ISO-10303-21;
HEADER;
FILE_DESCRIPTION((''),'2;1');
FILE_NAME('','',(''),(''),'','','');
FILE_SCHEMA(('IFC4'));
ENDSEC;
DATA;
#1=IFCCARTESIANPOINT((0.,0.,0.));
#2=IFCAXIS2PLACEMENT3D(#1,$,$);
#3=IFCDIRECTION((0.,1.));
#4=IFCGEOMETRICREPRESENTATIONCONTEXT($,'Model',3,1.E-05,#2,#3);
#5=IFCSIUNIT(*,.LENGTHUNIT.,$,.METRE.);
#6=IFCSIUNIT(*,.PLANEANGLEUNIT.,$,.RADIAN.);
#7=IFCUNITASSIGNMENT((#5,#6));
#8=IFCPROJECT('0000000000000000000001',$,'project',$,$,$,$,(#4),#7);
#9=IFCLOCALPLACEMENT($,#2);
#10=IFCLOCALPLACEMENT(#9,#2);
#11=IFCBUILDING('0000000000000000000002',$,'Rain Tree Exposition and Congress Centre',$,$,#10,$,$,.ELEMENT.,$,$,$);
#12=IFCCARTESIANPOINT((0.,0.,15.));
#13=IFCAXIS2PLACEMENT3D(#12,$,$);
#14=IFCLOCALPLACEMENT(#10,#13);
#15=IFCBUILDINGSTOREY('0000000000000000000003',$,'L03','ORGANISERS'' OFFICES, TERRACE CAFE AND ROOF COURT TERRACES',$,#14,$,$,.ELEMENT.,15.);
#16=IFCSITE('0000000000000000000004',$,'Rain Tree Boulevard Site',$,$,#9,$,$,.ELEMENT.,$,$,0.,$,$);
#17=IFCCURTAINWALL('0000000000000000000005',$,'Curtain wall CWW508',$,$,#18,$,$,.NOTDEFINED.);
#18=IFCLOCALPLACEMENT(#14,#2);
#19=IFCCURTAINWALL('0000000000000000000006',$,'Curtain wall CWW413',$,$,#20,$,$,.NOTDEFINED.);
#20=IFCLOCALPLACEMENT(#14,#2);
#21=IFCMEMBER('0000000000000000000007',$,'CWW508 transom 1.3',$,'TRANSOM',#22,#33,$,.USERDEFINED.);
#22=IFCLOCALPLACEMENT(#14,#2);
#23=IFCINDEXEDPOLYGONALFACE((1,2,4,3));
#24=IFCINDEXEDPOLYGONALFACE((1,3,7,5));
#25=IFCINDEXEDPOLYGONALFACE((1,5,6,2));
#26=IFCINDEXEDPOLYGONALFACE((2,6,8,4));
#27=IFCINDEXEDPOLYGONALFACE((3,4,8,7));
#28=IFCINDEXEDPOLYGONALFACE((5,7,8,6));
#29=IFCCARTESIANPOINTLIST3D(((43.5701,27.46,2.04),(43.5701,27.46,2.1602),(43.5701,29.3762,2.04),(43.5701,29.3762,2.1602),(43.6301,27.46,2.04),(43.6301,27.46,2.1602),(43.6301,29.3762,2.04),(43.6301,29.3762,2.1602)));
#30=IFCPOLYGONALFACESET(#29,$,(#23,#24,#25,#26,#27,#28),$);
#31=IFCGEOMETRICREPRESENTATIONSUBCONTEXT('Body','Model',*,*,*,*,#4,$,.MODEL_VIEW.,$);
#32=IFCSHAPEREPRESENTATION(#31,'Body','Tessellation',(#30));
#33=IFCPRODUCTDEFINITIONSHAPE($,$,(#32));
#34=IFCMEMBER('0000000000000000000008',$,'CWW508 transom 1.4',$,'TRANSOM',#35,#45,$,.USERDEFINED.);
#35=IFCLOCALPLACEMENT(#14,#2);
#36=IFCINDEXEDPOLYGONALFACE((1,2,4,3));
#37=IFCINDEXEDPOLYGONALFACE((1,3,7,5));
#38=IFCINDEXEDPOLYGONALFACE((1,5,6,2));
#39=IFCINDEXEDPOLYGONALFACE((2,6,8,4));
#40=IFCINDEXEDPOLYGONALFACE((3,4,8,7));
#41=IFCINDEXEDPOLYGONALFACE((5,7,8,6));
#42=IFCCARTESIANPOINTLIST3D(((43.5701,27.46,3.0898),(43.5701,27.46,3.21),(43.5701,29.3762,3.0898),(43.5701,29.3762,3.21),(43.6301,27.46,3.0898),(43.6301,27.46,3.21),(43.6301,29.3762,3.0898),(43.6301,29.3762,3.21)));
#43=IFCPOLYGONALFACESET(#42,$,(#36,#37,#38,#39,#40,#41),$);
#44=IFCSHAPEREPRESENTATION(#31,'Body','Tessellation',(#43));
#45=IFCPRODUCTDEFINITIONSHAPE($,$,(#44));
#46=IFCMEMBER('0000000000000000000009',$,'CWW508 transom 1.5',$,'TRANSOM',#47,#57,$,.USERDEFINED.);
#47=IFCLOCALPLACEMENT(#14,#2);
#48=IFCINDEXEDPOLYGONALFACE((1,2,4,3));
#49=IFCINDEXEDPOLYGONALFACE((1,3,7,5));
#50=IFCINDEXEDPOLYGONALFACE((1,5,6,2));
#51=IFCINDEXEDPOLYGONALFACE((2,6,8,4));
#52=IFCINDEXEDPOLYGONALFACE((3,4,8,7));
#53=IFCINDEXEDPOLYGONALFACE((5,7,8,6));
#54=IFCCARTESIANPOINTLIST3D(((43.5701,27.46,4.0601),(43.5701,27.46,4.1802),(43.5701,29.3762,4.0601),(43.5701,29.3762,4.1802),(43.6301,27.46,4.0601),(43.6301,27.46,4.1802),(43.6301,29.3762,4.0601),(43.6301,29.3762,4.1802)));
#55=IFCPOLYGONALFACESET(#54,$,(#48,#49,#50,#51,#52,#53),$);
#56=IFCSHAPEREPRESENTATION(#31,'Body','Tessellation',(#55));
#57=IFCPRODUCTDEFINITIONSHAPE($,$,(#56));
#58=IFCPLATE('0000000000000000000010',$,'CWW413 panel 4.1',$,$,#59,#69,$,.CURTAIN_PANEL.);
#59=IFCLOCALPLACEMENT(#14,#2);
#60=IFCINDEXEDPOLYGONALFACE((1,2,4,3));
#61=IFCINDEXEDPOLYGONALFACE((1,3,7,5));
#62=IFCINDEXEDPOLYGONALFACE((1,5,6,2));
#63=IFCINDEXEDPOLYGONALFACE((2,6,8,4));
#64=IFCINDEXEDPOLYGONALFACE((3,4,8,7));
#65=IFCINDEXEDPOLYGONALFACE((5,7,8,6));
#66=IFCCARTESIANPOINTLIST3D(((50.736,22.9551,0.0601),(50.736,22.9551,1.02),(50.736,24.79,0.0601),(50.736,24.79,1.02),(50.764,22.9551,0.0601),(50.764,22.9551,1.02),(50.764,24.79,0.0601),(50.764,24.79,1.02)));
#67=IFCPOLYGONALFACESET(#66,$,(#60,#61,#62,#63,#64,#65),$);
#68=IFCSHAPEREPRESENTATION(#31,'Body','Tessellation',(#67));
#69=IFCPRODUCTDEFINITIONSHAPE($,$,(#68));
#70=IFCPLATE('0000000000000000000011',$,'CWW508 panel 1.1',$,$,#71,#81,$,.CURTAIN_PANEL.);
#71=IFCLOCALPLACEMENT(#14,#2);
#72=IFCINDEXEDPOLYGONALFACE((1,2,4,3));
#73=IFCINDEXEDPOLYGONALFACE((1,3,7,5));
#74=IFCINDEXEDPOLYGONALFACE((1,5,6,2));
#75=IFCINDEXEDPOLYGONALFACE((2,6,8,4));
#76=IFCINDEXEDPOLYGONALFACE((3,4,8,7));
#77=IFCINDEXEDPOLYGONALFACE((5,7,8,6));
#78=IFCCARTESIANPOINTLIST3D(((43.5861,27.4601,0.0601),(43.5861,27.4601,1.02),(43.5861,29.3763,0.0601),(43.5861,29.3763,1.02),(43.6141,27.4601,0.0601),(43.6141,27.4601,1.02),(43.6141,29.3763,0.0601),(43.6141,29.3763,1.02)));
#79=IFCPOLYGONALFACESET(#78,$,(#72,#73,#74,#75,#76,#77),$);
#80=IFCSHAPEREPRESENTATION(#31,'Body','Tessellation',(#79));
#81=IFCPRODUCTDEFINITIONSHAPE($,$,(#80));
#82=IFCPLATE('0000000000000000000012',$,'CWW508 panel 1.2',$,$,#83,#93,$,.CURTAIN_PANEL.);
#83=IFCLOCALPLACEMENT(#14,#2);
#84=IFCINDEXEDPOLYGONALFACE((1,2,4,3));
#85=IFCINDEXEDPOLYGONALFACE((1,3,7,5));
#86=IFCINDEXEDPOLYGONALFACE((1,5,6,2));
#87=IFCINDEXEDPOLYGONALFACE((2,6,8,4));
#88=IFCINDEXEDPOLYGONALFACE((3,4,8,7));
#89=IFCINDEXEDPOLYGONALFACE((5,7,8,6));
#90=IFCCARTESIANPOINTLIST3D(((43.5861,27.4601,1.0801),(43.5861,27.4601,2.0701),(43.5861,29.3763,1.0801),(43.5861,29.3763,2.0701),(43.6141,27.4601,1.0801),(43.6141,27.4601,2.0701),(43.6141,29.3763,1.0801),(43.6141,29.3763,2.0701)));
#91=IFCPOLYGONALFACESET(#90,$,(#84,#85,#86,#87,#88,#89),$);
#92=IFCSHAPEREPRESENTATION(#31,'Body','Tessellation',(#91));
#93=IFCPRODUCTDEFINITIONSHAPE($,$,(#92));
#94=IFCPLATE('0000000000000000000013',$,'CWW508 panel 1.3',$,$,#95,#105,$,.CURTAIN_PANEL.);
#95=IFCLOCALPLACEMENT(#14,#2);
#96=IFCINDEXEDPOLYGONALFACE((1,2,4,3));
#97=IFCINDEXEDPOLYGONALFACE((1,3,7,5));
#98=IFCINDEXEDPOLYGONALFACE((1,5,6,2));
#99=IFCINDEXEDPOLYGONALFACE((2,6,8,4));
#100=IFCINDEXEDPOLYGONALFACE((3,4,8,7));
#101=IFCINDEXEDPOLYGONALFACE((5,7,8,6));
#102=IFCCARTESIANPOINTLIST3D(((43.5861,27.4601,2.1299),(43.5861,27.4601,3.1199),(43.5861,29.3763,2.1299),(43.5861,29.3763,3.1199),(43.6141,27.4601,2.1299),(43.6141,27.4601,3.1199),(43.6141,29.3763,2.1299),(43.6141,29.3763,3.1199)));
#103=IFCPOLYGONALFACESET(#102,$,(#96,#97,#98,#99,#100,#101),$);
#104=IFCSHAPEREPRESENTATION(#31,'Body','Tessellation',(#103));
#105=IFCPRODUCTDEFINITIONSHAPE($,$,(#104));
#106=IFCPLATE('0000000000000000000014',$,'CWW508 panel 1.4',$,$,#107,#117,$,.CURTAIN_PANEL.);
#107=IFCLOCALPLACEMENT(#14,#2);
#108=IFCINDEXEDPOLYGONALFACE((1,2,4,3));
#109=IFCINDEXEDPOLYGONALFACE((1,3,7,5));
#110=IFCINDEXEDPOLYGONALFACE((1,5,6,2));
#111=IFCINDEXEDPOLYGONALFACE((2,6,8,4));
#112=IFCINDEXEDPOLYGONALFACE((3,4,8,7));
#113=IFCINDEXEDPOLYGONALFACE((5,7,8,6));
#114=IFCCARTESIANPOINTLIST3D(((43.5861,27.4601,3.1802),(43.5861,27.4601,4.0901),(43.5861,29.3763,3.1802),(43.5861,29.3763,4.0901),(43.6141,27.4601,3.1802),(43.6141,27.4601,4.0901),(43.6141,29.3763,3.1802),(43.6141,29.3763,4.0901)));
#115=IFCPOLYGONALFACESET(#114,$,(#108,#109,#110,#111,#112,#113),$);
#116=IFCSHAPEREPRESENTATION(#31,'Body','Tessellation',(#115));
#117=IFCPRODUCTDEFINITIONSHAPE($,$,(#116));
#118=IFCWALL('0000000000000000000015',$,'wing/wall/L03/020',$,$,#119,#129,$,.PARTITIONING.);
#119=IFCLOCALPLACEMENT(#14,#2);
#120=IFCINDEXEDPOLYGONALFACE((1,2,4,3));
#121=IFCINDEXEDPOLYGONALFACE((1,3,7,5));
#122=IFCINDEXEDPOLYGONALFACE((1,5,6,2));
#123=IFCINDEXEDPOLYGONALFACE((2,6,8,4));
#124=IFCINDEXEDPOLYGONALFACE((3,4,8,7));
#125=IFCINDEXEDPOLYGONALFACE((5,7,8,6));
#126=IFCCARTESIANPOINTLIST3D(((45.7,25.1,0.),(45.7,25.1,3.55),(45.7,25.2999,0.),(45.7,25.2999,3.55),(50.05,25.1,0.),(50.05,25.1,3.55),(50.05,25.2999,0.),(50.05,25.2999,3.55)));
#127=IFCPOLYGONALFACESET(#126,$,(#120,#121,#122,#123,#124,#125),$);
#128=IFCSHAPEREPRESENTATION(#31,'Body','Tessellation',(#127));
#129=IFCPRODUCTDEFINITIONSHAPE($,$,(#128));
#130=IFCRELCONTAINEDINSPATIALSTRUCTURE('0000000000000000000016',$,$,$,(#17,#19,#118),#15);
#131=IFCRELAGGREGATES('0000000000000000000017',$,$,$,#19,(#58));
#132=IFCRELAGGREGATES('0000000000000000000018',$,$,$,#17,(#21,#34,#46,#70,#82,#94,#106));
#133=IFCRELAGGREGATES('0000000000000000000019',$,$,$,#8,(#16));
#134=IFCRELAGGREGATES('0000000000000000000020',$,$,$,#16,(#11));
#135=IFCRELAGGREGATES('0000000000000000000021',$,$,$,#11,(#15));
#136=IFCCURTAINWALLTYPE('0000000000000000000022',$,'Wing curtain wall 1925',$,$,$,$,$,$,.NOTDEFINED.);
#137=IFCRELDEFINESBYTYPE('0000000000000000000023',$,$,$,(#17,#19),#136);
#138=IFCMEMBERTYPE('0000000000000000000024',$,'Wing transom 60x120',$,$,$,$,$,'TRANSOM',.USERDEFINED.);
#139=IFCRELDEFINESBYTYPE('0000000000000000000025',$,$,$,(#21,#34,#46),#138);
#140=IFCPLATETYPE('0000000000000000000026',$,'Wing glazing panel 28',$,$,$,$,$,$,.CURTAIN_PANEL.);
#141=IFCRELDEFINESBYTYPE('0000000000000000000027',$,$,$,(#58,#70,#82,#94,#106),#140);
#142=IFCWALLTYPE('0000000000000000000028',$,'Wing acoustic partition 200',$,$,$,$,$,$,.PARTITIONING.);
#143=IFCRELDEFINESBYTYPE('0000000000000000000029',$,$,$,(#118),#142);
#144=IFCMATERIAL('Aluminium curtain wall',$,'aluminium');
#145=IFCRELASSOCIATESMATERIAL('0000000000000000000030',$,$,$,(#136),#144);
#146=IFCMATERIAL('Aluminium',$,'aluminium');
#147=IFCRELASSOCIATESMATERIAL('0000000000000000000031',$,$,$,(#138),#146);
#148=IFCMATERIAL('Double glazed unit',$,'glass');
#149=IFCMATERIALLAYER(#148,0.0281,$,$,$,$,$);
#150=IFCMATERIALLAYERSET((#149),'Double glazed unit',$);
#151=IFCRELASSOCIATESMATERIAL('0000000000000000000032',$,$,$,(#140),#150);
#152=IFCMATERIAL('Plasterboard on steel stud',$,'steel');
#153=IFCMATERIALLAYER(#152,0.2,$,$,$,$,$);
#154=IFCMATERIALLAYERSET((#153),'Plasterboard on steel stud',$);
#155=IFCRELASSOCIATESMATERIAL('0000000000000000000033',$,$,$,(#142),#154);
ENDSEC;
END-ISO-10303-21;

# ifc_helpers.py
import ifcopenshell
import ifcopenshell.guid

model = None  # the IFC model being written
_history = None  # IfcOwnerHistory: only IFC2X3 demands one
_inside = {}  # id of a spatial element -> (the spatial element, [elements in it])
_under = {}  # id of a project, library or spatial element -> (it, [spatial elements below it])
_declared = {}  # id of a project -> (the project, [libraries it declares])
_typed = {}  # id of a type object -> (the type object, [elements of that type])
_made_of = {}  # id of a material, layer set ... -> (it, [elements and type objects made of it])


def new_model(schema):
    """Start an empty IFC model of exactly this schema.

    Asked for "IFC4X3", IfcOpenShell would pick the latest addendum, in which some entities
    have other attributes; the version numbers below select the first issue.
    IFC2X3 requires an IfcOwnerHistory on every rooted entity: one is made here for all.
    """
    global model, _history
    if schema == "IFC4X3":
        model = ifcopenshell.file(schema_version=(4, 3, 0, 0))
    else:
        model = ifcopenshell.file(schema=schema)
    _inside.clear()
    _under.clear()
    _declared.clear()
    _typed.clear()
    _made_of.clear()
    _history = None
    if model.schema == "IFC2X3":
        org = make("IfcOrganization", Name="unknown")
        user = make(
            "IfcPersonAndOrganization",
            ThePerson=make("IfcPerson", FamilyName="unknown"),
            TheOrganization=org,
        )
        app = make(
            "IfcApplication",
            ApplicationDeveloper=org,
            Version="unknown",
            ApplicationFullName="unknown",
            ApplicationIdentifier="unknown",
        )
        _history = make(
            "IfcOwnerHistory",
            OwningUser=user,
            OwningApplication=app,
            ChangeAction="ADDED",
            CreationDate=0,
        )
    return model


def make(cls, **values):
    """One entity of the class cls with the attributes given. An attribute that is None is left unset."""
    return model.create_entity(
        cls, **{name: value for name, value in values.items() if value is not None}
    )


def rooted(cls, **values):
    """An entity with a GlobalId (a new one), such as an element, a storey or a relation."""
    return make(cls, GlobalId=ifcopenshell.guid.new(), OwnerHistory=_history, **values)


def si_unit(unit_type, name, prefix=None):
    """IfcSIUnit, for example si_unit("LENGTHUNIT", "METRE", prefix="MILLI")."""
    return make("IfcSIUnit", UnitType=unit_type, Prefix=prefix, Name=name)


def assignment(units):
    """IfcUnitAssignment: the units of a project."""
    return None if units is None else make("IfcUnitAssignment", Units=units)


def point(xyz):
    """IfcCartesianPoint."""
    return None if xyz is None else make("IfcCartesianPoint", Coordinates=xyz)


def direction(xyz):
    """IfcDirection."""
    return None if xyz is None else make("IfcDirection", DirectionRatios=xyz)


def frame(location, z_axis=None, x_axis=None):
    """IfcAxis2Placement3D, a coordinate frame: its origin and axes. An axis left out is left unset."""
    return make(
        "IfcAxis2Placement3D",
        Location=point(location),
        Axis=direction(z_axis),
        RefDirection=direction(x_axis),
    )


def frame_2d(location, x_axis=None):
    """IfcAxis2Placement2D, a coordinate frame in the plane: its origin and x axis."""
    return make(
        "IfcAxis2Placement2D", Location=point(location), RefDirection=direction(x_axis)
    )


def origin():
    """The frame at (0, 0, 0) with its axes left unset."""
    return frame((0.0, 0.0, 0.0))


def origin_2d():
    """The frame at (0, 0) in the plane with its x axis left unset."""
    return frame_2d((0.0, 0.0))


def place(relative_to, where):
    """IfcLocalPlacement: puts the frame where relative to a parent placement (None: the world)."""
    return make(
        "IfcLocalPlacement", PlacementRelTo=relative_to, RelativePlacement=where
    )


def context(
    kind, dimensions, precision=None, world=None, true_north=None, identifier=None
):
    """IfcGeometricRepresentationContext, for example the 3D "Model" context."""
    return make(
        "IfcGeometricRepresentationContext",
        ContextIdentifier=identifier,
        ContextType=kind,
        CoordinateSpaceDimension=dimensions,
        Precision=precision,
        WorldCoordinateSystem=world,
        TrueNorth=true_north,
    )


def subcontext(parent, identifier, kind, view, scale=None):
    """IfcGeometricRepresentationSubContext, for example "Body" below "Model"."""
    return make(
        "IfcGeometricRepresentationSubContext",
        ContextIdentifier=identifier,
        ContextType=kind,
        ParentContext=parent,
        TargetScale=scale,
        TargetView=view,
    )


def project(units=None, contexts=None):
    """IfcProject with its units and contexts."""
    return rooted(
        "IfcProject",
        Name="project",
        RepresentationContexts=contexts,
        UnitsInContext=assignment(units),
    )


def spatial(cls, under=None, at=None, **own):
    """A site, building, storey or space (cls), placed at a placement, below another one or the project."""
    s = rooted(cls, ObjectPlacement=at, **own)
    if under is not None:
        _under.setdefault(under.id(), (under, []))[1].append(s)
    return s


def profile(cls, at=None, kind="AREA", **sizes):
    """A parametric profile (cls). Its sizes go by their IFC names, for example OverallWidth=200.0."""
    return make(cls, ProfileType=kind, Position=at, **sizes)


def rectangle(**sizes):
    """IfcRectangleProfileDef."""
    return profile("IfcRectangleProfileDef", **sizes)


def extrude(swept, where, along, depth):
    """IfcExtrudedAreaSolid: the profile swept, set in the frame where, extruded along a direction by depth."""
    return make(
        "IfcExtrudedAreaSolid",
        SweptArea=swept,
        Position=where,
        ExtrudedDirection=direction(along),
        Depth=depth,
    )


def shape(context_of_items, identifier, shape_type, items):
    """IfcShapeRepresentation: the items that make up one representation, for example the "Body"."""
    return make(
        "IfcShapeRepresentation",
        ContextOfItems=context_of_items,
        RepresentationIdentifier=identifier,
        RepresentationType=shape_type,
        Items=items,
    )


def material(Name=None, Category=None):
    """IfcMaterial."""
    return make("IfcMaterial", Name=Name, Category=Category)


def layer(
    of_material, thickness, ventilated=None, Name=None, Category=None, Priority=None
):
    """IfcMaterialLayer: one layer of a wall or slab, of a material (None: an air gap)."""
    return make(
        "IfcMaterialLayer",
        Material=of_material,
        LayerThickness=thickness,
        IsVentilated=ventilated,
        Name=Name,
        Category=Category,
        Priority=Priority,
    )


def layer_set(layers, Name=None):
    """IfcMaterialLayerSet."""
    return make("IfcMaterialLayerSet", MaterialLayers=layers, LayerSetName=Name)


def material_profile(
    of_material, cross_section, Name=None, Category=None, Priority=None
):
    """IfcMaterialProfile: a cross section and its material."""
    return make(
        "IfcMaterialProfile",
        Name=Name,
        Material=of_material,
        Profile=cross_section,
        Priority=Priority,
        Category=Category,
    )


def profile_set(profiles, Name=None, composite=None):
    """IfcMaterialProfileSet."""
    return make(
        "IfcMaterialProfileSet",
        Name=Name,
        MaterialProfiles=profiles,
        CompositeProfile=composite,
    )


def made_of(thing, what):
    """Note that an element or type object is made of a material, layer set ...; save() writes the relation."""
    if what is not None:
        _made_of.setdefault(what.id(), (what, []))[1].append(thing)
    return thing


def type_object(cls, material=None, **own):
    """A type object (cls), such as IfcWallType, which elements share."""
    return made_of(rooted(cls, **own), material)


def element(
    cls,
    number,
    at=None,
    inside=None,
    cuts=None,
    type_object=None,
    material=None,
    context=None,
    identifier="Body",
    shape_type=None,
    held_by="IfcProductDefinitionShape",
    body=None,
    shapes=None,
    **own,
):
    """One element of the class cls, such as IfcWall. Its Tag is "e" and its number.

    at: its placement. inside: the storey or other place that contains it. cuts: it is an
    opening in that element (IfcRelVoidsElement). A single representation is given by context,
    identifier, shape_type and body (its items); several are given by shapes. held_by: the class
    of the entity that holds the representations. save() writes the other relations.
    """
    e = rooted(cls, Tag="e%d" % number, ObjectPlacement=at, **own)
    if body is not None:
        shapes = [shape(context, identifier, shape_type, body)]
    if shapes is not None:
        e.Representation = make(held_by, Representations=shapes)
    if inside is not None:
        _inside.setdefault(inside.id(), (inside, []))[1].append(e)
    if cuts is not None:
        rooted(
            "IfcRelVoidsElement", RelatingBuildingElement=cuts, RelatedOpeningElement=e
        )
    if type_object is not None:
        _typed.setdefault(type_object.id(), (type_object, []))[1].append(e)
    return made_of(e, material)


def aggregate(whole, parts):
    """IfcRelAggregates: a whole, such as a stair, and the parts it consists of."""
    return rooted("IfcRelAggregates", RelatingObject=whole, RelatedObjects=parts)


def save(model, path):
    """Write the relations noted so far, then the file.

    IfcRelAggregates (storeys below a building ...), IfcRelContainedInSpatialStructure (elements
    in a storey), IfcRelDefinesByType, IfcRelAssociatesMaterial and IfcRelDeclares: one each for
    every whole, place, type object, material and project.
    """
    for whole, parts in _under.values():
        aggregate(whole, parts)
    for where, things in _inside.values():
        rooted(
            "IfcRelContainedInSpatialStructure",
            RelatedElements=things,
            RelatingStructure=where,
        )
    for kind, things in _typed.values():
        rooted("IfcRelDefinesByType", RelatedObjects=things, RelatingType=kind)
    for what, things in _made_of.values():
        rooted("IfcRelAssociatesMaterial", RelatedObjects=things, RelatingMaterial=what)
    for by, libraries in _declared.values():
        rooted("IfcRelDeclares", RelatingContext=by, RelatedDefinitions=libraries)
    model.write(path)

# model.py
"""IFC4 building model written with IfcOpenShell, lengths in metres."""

from ifc_helpers import new_model, si_unit, direction, frame, frame_2d, origin, origin_2d, place, context, subcontext, project, spatial, rectangle, extrude, material, layer, layer_set, material_profile, profile_set, type_object, element, aggregate, save


model = new_model("IFC4")

# Units and contexts
model_context = context("Model", 3, precision=1e-05, world=origin(), true_north=direction((0.0, 1.0)))
body_context = subcontext(model_context, "Body", "Model", "MODEL_VIEW")
ifc_project = project(units=[si_unit("LENGTHUNIT", "METRE"), si_unit("PLANEANGLEUNIT", "RADIAN")], contexts=[model_context])

# Site, building, storey
site_placement = place(None, origin())
site = spatial("IfcSite", under=ifc_project, at=site_placement, Name="Rain Tree Boulevard Site", CompositionType="ELEMENT", RefElevation=0.0)
building_placement = place(site_placement, origin())
building = spatial("IfcBuilding", under=site, at=building_placement, Name="Rain Tree Exposition and Congress Centre", CompositionType="ELEMENT")
storey_placement = place(building_placement, frame((0.0, 0.0, 15.0)))
storey = spatial("IfcBuildingStorey", under=building, at=storey_placement, Name="L03", Description="ORGANISERS' OFFICES, TERRACE CAFE AND ROOF COURT TERRACES", CompositionType="ELEMENT", Elevation=15.0)

# Curtain wall
ifc_material_1 = material(Name="Aluminium curtain wall", Category="aluminium")
curtain_wall_type = type_object("IfcCurtainWallType", Name="Wing curtain wall 1925", PredefinedType="NOTDEFINED", material=ifc_material_1)
curtain_wall_1_placement = place(storey_placement, origin())
curtain_wall_1 = element("IfcCurtainWall", 1, at=curtain_wall_1_placement, inside=storey, type_object=curtain_wall_type, Name="Curtain wall CWW508", PredefinedType="NOTDEFINED")

# Curtain wall
curtain_wall_2_placement = place(storey_placement, origin())
curtain_wall_2 = element("IfcCurtainWall", 2, at=curtain_wall_2_placement, inside=storey, type_object=curtain_wall_type, Name="Curtain wall CWW413", PredefinedType="NOTDEFINED")
ifc_material_2 = material(Name="Aluminium", Category="aluminium")
ifc_material_profile_1 = material_profile(ifc_material_2, rectangle(XDim=0.0601, YDim=0.1201, at=origin_2d()), Name="Aluminium 60x120")
ifc_profile_set_1 = profile_set([ifc_material_profile_1], Name="Aluminium")
member_type_1 = type_object("IfcMemberType", Name="Wing transom 60x120", ElementType="TRANSOM", PredefinedType="USERDEFINED", material=ifc_profile_set_1)

# Members
member_1_placement = place(storey_placement, frame((43.6001, 27.46, 2.1001), z_axis=(0.0, 1.0, 0.0), x_axis=(-1.0, 0.0, 0.0)))
member_1 = element("IfcMember", 3, at=member_1_placement, type_object=member_type_1, Name="CWW508 transom 1.3", ObjectType="TRANSOM", PredefinedType="USERDEFINED", context=body_context, shape_type="SweptSolid", body=[
    extrude(rectangle(XDim=0.0601, YDim=0.1201, at=origin_2d()), origin(), (0.0, 0.0, 1.0), 1.9163),
])
member_2_placement = place(storey_placement, frame((43.6001, 27.46, 3.1499), z_axis=(0.0, 1.0, 0.0), x_axis=(-1.0, 0.0, 0.0)))
member_2 = element("IfcMember", 4, at=member_2_placement, type_object=member_type_1, Name="CWW508 transom 1.4", ObjectType="TRANSOM", PredefinedType="USERDEFINED", context=body_context, shape_type="SweptSolid", body=[
    extrude(rectangle(XDim=0.0601, YDim=0.1201, at=origin_2d()), origin(), (0.0, 0.0, 1.0), 1.9163),
])
member_3_placement = place(storey_placement, frame((43.6001, 27.46, 4.1201), z_axis=(0.0, 1.0, 0.0), x_axis=(-1.0, 0.0, 0.0)))
member_3 = element("IfcMember", 5, at=member_3_placement, type_object=member_type_1, Name="CWW508 transom 1.5", ObjectType="TRANSOM", PredefinedType="USERDEFINED", context=body_context, shape_type="SweptSolid", body=[
    extrude(rectangle(XDim=0.0601, YDim=0.1201, at=origin_2d()), origin(), (0.0, 0.0, 1.0), 1.9163),
])

# Plates
ifc_material_3 = material(Name="Double glazed unit", Category="glass")
ifc_layer_1 = layer(ifc_material_3, 0.0281)
ifc_layer_set_1 = layer_set([ifc_layer_1], Name="Double glazed unit")
plate_type = type_object("IfcPlateType", Name="Wing glazing panel 28", PredefinedType="CURTAIN_PANEL", material=ifc_layer_set_1)
plate_1_placement = place(storey_placement, frame((50.75, 23.8726, 0.0601), z_axis=(0.0, 0.0, 1.0), x_axis=(0.0, 1.0, 0.0)))
plate_1 = element("IfcPlate", 6, at=plate_1_placement, type_object=plate_type, Name="CWW413 panel 4.1", PredefinedType="CURTAIN_PANEL", context=body_context, shape_type="SweptSolid", body=[
    extrude(rectangle(XDim=1.835, YDim=0.0281, at=origin_2d()), origin(), (0.0, 0.0, 1.0), 0.96),
])
aggregate(curtain_wall_2, [plate_1])
plate_2_placement = place(storey_placement, frame((43.6001, 28.4182, 0.0601), z_axis=(0.0, 0.0, 1.0), x_axis=(0.0, 1.0, 0.0)))
plate_2 = element("IfcPlate", 7, at=plate_2_placement, type_object=plate_type, Name="CWW508 panel 1.1", PredefinedType="CURTAIN_PANEL", context=body_context, shape_type="SweptSolid", body=[
    extrude(rectangle(XDim=1.9163, YDim=0.0281, at=origin_2d()), origin(), (0.0, 0.0, 1.0), 0.96),
])
plate_3_placement = place(storey_placement, frame((43.6001, 28.4182, 1.0801), z_axis=(0.0, 0.0, 1.0), x_axis=(0.0, 1.0, 0.0)))
plate_3 = element("IfcPlate", 8, at=plate_3_placement, type_object=plate_type, Name="CWW508 panel 1.2", PredefinedType="CURTAIN_PANEL", context=body_context, shape_type="SweptSolid", body=[
    extrude(rectangle(XDim=1.9163, YDim=0.0281, at=origin_2d()), origin(), (0.0, 0.0, 1.0), 0.99),
])
plate_4_placement = place(storey_placement, frame((43.6001, 28.4182, 2.1299), z_axis=(0.0, 0.0, 1.0), x_axis=(0.0, 1.0, 0.0)))
plate_4 = element("IfcPlate", 9, at=plate_4_placement, type_object=plate_type, Name="CWW508 panel 1.3", PredefinedType="CURTAIN_PANEL", context=body_context, shape_type="SweptSolid", body=[
    extrude(rectangle(XDim=1.9163, YDim=0.0281, at=origin_2d()), origin(), (0.0, 0.0, 1.0), 0.99),
])
plate_5_placement = place(storey_placement, frame((43.6001, 28.4182, 3.1802), z_axis=(0.0, 0.0, 1.0), x_axis=(0.0, 1.0, 0.0)))
plate_5 = element("IfcPlate", 10, at=plate_5_placement, type_object=plate_type, Name="CWW508 panel 1.4", PredefinedType="CURTAIN_PANEL", context=body_context, shape_type="SweptSolid", body=[
    extrude(rectangle(XDim=1.9163, YDim=0.0281, at=origin_2d()), origin(), (0.0, 0.0, 1.0), 0.9099),
])
aggregate(curtain_wall_1, [member_1, member_2, member_3, plate_2, plate_3, plate_4, plate_5])

# Wall
ifc_material_4 = material(Name="Plasterboard on steel stud", Category="steel")
ifc_layer_2 = layer(ifc_material_4, 0.2)
ifc_layer_set_2 = layer_set([ifc_layer_2], Name="Plasterboard on steel stud")
wall_type_1 = type_object("IfcWallType", Name="Wing acoustic partition 200", PredefinedType="PARTITIONING", material=ifc_layer_set_2)
wall_1_placement = place(storey_placement, frame((45.7, 25.2, 0.0), z_axis=(0.0, 0.0, 1.0), x_axis=(1.0, 0.0, 0.0)))
element("IfcWall", 11, at=wall_1_placement, inside=storey, type_object=wall_type_1, Name="wing/wall/L03/020", PredefinedType="PARTITIONING", context=body_context, shape_type="SweptSolid", body=[
    extrude(rectangle(XDim=4.3501, YDim=0.2, at=frame_2d((2.175, 0.0))), origin(), (0.0, 0.0, 1.0), 3.55),
])

save(model, "model.ifc")
